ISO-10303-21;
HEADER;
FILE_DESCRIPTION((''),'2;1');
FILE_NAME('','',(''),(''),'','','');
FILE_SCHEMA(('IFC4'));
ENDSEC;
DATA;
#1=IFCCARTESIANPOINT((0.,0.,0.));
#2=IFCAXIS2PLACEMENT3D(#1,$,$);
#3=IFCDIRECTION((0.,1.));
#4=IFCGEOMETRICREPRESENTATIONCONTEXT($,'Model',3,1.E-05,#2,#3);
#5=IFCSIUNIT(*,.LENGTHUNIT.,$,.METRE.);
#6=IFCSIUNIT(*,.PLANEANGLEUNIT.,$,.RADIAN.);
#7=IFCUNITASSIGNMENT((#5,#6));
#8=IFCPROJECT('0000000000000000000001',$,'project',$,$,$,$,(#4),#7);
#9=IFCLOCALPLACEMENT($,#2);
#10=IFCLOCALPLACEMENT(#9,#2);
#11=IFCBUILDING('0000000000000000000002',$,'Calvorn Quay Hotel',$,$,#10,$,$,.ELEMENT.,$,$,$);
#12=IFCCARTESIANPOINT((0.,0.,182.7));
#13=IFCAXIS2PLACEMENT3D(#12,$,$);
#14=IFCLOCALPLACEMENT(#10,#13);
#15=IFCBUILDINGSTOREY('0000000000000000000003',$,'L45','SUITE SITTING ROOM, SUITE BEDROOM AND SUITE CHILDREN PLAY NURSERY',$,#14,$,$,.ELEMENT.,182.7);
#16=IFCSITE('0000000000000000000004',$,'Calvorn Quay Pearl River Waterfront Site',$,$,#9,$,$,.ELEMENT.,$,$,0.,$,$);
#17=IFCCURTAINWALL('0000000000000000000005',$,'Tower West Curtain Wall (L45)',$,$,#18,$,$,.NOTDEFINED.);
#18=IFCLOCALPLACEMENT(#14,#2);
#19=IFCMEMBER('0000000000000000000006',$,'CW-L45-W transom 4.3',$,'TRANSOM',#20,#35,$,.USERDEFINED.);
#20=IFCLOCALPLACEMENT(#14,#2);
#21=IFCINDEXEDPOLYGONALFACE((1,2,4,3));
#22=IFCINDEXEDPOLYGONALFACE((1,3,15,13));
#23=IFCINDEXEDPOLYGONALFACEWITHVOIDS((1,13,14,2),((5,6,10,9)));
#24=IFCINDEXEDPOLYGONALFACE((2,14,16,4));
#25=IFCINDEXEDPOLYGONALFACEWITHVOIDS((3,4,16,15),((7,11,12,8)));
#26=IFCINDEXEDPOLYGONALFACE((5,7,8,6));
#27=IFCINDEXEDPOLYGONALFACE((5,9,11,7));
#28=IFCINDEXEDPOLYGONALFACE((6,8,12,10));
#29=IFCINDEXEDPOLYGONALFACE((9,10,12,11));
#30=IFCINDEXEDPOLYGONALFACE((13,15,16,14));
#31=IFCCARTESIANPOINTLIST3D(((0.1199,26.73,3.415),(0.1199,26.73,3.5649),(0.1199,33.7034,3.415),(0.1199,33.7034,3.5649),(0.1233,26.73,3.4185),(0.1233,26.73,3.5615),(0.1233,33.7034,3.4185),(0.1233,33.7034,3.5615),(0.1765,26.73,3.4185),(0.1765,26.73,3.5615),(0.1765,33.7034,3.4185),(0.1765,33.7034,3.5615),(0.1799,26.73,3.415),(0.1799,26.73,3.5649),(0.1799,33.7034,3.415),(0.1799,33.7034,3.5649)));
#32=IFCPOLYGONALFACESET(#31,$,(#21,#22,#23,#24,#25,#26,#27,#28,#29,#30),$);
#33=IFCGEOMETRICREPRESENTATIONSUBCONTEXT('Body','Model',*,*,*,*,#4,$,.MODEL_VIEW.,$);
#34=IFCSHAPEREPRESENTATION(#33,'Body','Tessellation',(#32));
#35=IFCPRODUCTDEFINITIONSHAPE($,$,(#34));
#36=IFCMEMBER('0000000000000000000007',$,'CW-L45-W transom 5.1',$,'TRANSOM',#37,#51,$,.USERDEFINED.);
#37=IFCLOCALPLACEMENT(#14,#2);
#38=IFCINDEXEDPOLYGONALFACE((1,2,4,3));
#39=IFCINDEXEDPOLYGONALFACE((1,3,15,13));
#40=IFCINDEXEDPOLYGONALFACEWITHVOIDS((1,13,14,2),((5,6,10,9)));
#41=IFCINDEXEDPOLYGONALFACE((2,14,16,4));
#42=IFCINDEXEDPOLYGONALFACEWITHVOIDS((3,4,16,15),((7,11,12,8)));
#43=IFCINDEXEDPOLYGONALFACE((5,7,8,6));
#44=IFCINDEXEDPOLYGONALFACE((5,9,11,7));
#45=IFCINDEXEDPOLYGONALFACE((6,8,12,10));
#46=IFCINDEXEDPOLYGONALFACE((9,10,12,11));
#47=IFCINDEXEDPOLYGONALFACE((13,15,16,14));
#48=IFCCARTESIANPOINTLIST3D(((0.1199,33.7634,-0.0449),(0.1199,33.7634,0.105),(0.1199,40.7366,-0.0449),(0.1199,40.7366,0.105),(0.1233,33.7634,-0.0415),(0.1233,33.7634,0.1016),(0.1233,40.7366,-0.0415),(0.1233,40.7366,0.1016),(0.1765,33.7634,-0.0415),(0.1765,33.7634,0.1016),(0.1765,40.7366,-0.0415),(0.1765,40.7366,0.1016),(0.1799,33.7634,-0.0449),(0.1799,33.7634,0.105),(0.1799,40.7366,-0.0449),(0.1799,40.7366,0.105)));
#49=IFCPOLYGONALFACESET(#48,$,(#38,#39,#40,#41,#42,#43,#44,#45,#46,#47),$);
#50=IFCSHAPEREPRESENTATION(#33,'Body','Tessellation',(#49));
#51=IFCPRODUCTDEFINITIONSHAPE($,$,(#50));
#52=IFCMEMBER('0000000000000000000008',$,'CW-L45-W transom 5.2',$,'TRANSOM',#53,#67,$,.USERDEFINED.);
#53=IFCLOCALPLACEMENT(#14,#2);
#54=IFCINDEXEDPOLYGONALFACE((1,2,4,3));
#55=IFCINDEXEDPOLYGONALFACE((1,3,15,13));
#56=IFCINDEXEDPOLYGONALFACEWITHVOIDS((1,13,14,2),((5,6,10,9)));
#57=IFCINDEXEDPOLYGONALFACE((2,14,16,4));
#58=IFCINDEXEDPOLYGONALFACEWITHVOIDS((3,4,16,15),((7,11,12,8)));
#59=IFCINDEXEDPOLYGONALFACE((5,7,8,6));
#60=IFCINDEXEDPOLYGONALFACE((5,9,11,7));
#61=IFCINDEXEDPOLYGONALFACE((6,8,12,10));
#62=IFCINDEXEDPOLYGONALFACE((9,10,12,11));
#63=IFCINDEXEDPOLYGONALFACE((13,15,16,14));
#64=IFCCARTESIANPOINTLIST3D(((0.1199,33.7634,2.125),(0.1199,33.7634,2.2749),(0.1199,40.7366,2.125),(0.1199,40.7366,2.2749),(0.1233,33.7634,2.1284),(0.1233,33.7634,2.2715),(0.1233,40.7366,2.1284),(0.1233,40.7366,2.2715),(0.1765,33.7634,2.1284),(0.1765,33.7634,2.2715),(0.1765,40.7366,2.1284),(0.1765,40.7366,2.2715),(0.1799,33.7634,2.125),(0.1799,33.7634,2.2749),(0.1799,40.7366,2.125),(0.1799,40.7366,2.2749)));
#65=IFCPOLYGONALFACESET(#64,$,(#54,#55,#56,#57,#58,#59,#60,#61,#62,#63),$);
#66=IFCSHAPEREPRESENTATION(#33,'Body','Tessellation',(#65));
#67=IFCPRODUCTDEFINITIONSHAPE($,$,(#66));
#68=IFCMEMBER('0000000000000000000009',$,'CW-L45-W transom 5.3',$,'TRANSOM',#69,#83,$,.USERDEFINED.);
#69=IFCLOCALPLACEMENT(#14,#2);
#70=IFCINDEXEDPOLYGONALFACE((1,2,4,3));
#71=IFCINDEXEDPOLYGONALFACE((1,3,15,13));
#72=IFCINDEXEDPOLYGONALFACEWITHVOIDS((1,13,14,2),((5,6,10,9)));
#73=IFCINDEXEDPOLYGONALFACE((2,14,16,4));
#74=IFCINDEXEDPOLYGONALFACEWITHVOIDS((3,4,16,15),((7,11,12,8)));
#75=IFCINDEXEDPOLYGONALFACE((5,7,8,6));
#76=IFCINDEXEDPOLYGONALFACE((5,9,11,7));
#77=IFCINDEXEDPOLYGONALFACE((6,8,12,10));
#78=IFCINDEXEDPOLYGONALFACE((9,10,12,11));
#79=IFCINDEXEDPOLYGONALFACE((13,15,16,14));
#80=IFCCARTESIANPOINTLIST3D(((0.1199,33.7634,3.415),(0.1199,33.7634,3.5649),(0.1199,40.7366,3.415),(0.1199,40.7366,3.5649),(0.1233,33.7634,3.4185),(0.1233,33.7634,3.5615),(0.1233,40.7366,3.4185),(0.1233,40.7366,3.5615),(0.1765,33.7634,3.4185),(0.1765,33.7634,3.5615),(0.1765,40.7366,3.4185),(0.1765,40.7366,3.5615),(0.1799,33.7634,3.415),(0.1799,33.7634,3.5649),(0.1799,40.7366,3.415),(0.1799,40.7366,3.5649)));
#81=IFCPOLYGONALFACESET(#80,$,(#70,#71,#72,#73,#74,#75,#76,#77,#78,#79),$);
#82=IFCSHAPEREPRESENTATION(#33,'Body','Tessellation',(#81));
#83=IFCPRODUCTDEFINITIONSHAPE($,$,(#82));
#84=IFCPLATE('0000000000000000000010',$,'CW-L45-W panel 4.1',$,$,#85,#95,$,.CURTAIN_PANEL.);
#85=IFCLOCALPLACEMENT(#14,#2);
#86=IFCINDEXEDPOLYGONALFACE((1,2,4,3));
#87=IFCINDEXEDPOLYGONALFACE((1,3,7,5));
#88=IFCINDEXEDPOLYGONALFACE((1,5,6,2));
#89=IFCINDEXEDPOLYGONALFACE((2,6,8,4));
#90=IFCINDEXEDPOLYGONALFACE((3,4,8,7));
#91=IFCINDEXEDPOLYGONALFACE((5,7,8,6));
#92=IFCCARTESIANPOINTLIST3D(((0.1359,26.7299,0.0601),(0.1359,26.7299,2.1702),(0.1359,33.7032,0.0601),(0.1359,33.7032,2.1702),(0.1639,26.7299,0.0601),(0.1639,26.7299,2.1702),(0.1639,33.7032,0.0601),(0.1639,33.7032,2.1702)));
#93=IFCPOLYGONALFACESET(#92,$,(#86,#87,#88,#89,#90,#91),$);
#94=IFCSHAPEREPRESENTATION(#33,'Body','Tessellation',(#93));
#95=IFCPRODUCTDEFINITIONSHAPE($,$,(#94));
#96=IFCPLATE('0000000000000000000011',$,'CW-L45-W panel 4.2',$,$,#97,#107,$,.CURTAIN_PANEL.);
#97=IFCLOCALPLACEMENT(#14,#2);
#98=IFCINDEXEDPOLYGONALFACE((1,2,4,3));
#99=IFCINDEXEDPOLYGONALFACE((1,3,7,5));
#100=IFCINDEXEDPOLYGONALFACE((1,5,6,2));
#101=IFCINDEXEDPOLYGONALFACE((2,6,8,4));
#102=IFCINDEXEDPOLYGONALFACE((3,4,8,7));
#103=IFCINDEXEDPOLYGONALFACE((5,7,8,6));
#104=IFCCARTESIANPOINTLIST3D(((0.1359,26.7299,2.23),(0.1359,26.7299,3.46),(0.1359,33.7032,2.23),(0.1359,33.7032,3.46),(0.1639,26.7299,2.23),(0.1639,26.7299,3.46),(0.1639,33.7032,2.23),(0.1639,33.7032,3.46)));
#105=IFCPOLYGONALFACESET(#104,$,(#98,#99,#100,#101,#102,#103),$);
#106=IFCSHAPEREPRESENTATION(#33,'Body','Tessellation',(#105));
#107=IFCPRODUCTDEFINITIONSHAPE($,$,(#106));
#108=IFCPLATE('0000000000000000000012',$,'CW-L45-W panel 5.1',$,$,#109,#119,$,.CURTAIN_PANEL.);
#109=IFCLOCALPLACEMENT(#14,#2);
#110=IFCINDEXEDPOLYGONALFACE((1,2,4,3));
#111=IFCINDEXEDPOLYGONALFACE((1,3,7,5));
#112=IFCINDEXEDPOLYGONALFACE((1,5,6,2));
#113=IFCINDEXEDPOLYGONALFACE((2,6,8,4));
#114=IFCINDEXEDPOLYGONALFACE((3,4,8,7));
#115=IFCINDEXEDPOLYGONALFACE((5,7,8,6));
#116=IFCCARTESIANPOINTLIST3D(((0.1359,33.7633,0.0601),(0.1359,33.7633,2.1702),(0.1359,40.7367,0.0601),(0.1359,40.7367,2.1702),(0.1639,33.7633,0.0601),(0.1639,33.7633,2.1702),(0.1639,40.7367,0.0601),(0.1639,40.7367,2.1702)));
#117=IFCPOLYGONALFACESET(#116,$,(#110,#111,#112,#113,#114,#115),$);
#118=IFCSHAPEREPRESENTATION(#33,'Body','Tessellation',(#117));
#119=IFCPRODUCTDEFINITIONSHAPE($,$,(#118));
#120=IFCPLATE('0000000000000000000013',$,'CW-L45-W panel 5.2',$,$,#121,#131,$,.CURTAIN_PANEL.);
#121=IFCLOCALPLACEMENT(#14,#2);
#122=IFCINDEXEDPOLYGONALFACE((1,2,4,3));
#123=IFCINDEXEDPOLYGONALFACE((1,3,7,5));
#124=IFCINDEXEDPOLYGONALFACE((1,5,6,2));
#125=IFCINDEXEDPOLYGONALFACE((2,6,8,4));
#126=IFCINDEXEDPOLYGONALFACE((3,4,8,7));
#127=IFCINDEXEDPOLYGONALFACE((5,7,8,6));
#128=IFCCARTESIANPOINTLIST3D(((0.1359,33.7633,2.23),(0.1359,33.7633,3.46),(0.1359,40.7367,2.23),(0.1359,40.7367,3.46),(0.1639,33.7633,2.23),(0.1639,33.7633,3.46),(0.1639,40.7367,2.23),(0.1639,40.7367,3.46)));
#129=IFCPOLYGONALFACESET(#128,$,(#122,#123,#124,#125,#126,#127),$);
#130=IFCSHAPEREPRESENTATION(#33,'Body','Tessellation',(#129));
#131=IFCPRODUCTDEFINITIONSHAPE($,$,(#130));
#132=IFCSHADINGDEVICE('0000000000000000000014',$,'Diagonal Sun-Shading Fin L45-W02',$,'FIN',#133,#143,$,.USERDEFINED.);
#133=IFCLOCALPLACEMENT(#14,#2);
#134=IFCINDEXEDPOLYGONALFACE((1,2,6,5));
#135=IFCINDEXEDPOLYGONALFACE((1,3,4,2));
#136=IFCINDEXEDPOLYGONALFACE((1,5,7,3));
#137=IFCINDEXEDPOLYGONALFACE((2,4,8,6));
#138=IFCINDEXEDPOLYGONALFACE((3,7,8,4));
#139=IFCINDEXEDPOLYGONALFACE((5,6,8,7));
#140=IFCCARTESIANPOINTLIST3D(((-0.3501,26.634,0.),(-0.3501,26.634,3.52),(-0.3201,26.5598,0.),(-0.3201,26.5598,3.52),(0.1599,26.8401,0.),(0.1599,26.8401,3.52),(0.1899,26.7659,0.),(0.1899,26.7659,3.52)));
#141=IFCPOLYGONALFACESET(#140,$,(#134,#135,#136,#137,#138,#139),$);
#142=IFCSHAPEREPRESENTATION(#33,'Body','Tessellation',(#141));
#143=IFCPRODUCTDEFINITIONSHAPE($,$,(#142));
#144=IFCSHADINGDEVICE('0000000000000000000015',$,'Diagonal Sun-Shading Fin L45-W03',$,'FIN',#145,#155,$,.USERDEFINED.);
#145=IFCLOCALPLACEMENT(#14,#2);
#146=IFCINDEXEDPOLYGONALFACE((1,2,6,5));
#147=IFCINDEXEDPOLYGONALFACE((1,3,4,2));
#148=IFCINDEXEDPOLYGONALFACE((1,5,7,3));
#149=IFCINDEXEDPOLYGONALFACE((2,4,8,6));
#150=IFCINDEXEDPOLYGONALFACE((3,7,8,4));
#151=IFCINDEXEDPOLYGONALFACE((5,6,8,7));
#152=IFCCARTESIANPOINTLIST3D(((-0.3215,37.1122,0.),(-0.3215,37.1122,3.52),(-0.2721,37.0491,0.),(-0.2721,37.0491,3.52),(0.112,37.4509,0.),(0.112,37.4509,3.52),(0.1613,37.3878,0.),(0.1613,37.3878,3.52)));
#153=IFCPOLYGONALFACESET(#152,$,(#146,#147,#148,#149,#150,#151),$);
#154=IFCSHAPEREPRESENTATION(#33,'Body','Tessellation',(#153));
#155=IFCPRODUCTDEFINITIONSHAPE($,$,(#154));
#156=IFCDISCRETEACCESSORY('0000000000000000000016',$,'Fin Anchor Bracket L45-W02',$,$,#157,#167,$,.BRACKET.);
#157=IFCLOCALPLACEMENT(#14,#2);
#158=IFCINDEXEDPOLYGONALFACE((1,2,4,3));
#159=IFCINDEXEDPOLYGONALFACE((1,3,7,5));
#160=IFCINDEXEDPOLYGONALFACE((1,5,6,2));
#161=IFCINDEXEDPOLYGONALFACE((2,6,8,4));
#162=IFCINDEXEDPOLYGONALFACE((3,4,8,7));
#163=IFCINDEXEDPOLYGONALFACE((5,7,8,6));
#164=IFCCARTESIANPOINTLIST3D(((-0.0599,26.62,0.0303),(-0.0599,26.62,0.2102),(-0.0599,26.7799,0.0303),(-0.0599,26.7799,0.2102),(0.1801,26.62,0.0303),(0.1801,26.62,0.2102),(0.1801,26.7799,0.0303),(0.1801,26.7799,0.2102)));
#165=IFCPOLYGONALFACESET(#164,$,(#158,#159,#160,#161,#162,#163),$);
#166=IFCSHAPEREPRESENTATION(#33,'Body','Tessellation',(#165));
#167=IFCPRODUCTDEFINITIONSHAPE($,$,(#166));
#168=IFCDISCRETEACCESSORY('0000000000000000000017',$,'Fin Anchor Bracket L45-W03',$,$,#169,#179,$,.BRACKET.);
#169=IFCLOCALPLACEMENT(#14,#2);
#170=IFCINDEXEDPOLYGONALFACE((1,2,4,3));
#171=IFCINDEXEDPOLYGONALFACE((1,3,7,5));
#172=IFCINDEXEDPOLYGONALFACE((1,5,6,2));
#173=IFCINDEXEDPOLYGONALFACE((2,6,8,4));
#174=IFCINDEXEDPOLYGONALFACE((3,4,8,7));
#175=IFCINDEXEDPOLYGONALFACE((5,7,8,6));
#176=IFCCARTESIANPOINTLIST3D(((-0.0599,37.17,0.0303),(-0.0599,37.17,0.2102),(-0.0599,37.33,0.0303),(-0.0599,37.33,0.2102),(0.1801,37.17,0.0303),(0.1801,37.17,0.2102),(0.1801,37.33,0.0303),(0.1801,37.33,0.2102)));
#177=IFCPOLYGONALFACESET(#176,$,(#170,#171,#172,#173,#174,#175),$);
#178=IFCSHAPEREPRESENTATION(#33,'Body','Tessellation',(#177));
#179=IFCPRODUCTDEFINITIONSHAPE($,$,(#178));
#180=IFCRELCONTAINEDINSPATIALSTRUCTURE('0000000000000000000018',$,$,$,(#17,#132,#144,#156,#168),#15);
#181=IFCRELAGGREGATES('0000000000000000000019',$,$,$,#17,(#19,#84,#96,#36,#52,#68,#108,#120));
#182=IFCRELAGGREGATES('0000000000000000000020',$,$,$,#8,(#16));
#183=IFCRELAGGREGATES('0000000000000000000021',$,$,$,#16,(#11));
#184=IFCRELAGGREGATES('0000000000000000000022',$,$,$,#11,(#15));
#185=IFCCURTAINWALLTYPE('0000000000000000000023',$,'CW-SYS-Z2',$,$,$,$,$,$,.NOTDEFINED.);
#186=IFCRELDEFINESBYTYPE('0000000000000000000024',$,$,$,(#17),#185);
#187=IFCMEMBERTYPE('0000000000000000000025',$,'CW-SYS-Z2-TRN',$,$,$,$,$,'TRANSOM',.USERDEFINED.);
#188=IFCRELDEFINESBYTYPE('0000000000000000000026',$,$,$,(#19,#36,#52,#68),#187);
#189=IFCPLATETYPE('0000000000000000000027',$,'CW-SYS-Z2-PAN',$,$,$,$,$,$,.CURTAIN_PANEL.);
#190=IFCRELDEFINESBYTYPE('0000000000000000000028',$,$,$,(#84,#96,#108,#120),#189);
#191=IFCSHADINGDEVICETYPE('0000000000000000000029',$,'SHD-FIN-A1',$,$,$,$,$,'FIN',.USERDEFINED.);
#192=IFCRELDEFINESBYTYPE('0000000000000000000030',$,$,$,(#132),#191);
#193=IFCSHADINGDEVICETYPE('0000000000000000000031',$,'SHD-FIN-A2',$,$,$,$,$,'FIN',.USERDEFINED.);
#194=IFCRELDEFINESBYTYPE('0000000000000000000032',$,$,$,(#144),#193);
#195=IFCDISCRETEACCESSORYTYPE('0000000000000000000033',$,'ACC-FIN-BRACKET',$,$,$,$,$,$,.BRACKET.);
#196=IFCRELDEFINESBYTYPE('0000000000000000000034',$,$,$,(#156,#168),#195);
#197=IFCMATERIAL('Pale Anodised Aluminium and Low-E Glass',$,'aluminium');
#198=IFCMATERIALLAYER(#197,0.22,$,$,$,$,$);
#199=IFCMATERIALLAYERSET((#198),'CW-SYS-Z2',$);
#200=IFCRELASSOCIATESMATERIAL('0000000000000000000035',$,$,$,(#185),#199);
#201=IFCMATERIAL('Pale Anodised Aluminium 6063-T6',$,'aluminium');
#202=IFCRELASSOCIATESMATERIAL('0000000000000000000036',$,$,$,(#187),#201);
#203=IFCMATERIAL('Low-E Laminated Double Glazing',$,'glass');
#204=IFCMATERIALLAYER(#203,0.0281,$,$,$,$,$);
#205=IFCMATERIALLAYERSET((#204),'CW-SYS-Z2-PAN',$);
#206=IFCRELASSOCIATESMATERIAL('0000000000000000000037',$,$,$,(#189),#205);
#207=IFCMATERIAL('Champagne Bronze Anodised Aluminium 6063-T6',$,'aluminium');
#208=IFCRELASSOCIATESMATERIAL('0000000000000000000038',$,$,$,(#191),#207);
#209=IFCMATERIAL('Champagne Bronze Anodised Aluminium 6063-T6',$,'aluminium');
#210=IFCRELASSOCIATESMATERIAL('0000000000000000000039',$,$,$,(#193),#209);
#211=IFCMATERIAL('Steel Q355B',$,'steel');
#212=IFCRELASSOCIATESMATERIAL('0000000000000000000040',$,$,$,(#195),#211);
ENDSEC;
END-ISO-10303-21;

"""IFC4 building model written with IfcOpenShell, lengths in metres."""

from ifc_helpers import new_model, si_unit, direction, frame, origin, origin_2d, place, context, subcontext, project, spatial, rectangle, hollow_rectangle, extrude, material, layer, layer_set, material_profile, profile_set, type_object, element, aggregate, save


model = new_model("IFC4")

# Units and contexts
model_context = context("Model", 3, precision=1e-05, world=origin(), true_north=direction((0.0, 1.0)))
body_context = subcontext(model_context, "Body", "Model", "MODEL_VIEW")
ifc_project = project(units=[si_unit("LENGTHUNIT", "METRE"), si_unit("PLANEANGLEUNIT", "RADIAN")], contexts=[model_context])

# Site, building, storey
site_placement = place(None, origin())
site = spatial("IfcSite", under=ifc_project, at=site_placement, Name="Calvorn Quay Pearl River Waterfront Site", CompositionType="ELEMENT", RefElevation=0.0)
building_placement = place(site_placement, origin())
building = spatial("IfcBuilding", under=site, at=building_placement, Name="Calvorn Quay Hotel", CompositionType="ELEMENT")
storey_placement = place(building_placement, frame((0.0, 0.0, 182.7)))
storey = spatial("IfcBuildingStorey", under=building, at=storey_placement, Name="L45", Description="SUITE SITTING ROOM, SUITE BEDROOM AND SUITE CHILDREN PLAY NURSERY", CompositionType="ELEMENT", Elevation=182.7)

# Curtain wall, members, plates
ifc_material_1 = material(Name="Pale Anodised Aluminium and Low-E Glass", Category="aluminium")
ifc_layer_1 = layer(ifc_material_1, 0.22)
ifc_layer_set_1 = layer_set([ifc_layer_1], Name="CW-SYS-Z2")
curtain_wall_type = type_object("IfcCurtainWallType", Name="CW-SYS-Z2", PredefinedType="NOTDEFINED", material=ifc_layer_set_1)
curtain_wall_placement = place(storey_placement, origin())
curtain_wall = element("IfcCurtainWall", 1, at=curtain_wall_placement, inside=storey, type_object=curtain_wall_type, Name="Tower West Curtain Wall (L45)", PredefinedType="NOTDEFINED")
ifc_material_2 = material(Name="Pale Anodised Aluminium 6063-T6", Category="aluminium")
ifc_material_profile_1 = material_profile(ifc_material_2, hollow_rectangle(XDim=0.0601, YDim=0.1499, WallThickness=0.0034, at=origin_2d()), Name="ALU-T150x60x3.5")
ifc_profile_set_1 = profile_set([ifc_material_profile_1], Name="Pale Anodised Aluminium 6063-T6")
member_type_1 = type_object("IfcMemberType", Name="CW-SYS-Z2-TRN", ElementType="TRANSOM", PredefinedType="USERDEFINED", material=ifc_profile_set_1)
member_1_placement = place(storey_placement, frame((0.1499, 26.73, 3.49), z_axis=(0.0, 1.0, 0.0), x_axis=(-1.0, 0.0, 0.0)))
member_1 = element("IfcMember", 2, at=member_1_placement, type_object=member_type_1, Name="CW-L45-W transom 4.3", ObjectType="TRANSOM", PredefinedType="USERDEFINED", context=body_context, shape_type="SweptSolid", body=[
    extrude(hollow_rectangle(XDim=0.0601, YDim=0.1499, WallThickness=0.0034, at=origin_2d()), origin(), (0.0, 0.0, 1.0), 6.9734),
])
member_2_placement = place(storey_placement, frame((0.1499, 33.7634, 0.03), z_axis=(0.0, 1.0, 0.0), x_axis=(-1.0, 0.0, 0.0)))
member_2 = element("IfcMember", 3, at=member_2_placement, type_object=member_type_1, Name="CW-L45-W transom 5.1", ObjectType="TRANSOM", PredefinedType="USERDEFINED", context=body_context, shape_type="SweptSolid", body=[
    extrude(hollow_rectangle(XDim=0.0601, YDim=0.1499, WallThickness=0.0034, at=origin_2d()), origin(), (0.0, 0.0, 1.0), 6.9731),
])
member_3_placement = place(storey_placement, frame((0.1499, 33.7634, 2.2), z_axis=(0.0, 1.0, 0.0), x_axis=(-1.0, 0.0, 0.0)))
member_3 = element("IfcMember", 4, at=member_3_placement, type_object=member_type_1, Name="CW-L45-W transom 5.2", ObjectType="TRANSOM", PredefinedType="USERDEFINED", context=body_context, shape_type="SweptSolid", body=[
    extrude(hollow_rectangle(XDim=0.0601, YDim=0.1499, WallThickness=0.0034, at=origin_2d()), origin(), (0.0, 0.0, 1.0), 6.9731),
])
member_4_placement = place(storey_placement, frame((0.1499, 33.7634, 3.49), z_axis=(0.0, 1.0, 0.0), x_axis=(-1.0, 0.0, 0.0)))
member_4 = element("IfcMember", 5, at=member_4_placement, type_object=member_type_1, Name="CW-L45-W transom 5.3", ObjectType="TRANSOM", PredefinedType="USERDEFINED", context=body_context, shape_type="SweptSolid", body=[
    extrude(hollow_rectangle(XDim=0.0601, YDim=0.1499, WallThickness=0.0034, at=origin_2d()), origin(), (0.0, 0.0, 1.0), 6.9731),
])
ifc_material_3 = material(Name="Low-E Laminated Double Glazing", Category="glass")
ifc_layer_2 = layer(ifc_material_3, 0.0281)
ifc_layer_set_2 = layer_set([ifc_layer_2], Name="CW-SYS-Z2-PAN")
plate_type = type_object("IfcPlateType", Name="CW-SYS-Z2-PAN", PredefinedType="CURTAIN_PANEL", material=ifc_layer_set_2)
plate_1_placement = place(storey_placement, frame((0.1499, 30.2166, 0.0601), z_axis=(0.0, 0.0, 1.0), x_axis=(0.0, 1.0, 0.0)))
plate_1 = element("IfcPlate", 6, at=plate_1_placement, type_object=plate_type, Name="CW-L45-W panel 4.1", PredefinedType="CURTAIN_PANEL", context=body_context, shape_type="SweptSolid", body=[
    extrude(rectangle(XDim=6.9734, YDim=0.0281, at=origin_2d()), origin(), (0.0, 0.0, 1.0), 2.1101),
])
plate_2_placement = place(storey_placement, frame((0.1499, 30.2166, 2.23), z_axis=(0.0, 0.0, 1.0), x_axis=(0.0, 1.0, 0.0)))
plate_2 = element("IfcPlate", 7, at=plate_2_placement, type_object=plate_type, Name="CW-L45-W panel 4.2", PredefinedType="CURTAIN_PANEL", context=body_context, shape_type="SweptSolid", body=[
    extrude(rectangle(XDim=6.9734, YDim=0.0281, at=origin_2d()), origin(), (0.0, 0.0, 1.0), 1.23),
])
plate_3_placement = place(storey_placement, frame((0.1499, 37.25, 0.0601), z_axis=(0.0, 0.0, 1.0), x_axis=(0.0, 1.0, 0.0)))
plate_3 = element("IfcPlate", 8, at=plate_3_placement, type_object=plate_type, Name="CW-L45-W panel 5.1", PredefinedType="CURTAIN_PANEL", context=body_context, shape_type="SweptSolid", body=[
    extrude(rectangle(XDim=6.9734, YDim=0.0281, at=origin_2d()), origin(), (0.0, 0.0, 1.0), 2.1101),
])
plate_4_placement = place(storey_placement, frame((0.1499, 37.25, 2.23), z_axis=(0.0, 0.0, 1.0), x_axis=(0.0, 1.0, 0.0)))
plate_4 = element("IfcPlate", 9, at=plate_4_placement, type_object=plate_type, Name="CW-L45-W panel 5.2", PredefinedType="CURTAIN_PANEL", context=body_context, shape_type="SweptSolid", body=[
    extrude(rectangle(XDim=6.9734, YDim=0.0281, at=origin_2d()), origin(), (0.0, 0.0, 1.0), 1.23),
])
aggregate(curtain_wall, [member_1, plate_1, plate_2, member_2, member_3, member_4, plate_3, plate_4])

# Shading devices
ifc_material_4 = material(Name="Champagne Bronze Anodised Aluminium 6063-T6", Category="aluminium")
shading_device_type_1 = type_object("IfcShadingDeviceType", Name="SHD-FIN-A1", ElementType="FIN", PredefinedType="USERDEFINED", material=ifc_material_4)
shading_device_1_placement = place(storey_placement, frame((-0.0801, 26.7, 0.0), z_axis=(0.0, 0.0, 1.0), x_axis=(0.927184, 0.374607, 0.0)))
element("IfcShadingDevice", 10, at=shading_device_1_placement, inside=storey, type_object=shading_device_type_1, Name="Diagonal Sun-Shading Fin L45-W02", ObjectType="FIN", PredefinedType="USERDEFINED", context=body_context, shape_type="SweptSolid", body=[
    extrude(rectangle(XDim=0.55, YDim=0.0801, at=origin_2d()), origin(), (0.0, 0.0, 1.0), 3.52),
])
ifc_material_5 = material(Name="Champagne Bronze Anodised Aluminium 6063-T6", Category="aluminium")
shading_device_type_2 = type_object("IfcShadingDeviceType", Name="SHD-FIN-A2", ElementType="FIN", PredefinedType="USERDEFINED", material=ifc_material_5)
shading_device_2_placement = place(storey_placement, frame((-0.0801, 37.25, 0.0), z_axis=(0.0, 0.0, 1.0), x_axis=(0.788011, 0.615661, 0.0)))
element("IfcShadingDevice", 11, at=shading_device_2_placement, inside=storey, type_object=shading_device_type_2, Name="Diagonal Sun-Shading Fin L45-W03", ObjectType="FIN", PredefinedType="USERDEFINED", context=body_context, shape_type="SweptSolid", body=[
    extrude(rectangle(XDim=0.55, YDim=0.0801, at=origin_2d()), origin(), (0.0, 0.0, 1.0), 3.52),
])

# Discrete accessories
ifc_material_6 = material(Name="Steel Q355B", Category="steel")
discrete_accessory_type = type_object("IfcDiscreteAccessoryType", Name="ACC-FIN-BRACKET", PredefinedType="BRACKET", material=ifc_material_6)
for number, where, z_axis, x_axis, name in (
    (12, (0.0601, 26.7, 0.0303), (0.0, 0.0, 1.0), (1.0, 0.0, 0.0), "Fin Anchor Bracket L45-W02"),
    (13, (0.0601, 37.25, 0.0303), (0.0, 0.0, 1.0), (1.0, 0.0, 0.0), "Fin Anchor Bracket L45-W03"),
):
    element("IfcDiscreteAccessory", number, at=place(storey_placement, frame(where, z_axis=z_axis, x_axis=x_axis)), inside=storey, type_object=discrete_accessory_type, Name=name, PredefinedType="BRACKET", context=body_context, shape_type="SweptSolid", body=[
        extrude(rectangle(XDim=0.24, YDim=0.1599, at=origin_2d()), origin(), (0.0, 0.0, 1.0), 0.1799),
    ])

save(model, "model.ifc")
